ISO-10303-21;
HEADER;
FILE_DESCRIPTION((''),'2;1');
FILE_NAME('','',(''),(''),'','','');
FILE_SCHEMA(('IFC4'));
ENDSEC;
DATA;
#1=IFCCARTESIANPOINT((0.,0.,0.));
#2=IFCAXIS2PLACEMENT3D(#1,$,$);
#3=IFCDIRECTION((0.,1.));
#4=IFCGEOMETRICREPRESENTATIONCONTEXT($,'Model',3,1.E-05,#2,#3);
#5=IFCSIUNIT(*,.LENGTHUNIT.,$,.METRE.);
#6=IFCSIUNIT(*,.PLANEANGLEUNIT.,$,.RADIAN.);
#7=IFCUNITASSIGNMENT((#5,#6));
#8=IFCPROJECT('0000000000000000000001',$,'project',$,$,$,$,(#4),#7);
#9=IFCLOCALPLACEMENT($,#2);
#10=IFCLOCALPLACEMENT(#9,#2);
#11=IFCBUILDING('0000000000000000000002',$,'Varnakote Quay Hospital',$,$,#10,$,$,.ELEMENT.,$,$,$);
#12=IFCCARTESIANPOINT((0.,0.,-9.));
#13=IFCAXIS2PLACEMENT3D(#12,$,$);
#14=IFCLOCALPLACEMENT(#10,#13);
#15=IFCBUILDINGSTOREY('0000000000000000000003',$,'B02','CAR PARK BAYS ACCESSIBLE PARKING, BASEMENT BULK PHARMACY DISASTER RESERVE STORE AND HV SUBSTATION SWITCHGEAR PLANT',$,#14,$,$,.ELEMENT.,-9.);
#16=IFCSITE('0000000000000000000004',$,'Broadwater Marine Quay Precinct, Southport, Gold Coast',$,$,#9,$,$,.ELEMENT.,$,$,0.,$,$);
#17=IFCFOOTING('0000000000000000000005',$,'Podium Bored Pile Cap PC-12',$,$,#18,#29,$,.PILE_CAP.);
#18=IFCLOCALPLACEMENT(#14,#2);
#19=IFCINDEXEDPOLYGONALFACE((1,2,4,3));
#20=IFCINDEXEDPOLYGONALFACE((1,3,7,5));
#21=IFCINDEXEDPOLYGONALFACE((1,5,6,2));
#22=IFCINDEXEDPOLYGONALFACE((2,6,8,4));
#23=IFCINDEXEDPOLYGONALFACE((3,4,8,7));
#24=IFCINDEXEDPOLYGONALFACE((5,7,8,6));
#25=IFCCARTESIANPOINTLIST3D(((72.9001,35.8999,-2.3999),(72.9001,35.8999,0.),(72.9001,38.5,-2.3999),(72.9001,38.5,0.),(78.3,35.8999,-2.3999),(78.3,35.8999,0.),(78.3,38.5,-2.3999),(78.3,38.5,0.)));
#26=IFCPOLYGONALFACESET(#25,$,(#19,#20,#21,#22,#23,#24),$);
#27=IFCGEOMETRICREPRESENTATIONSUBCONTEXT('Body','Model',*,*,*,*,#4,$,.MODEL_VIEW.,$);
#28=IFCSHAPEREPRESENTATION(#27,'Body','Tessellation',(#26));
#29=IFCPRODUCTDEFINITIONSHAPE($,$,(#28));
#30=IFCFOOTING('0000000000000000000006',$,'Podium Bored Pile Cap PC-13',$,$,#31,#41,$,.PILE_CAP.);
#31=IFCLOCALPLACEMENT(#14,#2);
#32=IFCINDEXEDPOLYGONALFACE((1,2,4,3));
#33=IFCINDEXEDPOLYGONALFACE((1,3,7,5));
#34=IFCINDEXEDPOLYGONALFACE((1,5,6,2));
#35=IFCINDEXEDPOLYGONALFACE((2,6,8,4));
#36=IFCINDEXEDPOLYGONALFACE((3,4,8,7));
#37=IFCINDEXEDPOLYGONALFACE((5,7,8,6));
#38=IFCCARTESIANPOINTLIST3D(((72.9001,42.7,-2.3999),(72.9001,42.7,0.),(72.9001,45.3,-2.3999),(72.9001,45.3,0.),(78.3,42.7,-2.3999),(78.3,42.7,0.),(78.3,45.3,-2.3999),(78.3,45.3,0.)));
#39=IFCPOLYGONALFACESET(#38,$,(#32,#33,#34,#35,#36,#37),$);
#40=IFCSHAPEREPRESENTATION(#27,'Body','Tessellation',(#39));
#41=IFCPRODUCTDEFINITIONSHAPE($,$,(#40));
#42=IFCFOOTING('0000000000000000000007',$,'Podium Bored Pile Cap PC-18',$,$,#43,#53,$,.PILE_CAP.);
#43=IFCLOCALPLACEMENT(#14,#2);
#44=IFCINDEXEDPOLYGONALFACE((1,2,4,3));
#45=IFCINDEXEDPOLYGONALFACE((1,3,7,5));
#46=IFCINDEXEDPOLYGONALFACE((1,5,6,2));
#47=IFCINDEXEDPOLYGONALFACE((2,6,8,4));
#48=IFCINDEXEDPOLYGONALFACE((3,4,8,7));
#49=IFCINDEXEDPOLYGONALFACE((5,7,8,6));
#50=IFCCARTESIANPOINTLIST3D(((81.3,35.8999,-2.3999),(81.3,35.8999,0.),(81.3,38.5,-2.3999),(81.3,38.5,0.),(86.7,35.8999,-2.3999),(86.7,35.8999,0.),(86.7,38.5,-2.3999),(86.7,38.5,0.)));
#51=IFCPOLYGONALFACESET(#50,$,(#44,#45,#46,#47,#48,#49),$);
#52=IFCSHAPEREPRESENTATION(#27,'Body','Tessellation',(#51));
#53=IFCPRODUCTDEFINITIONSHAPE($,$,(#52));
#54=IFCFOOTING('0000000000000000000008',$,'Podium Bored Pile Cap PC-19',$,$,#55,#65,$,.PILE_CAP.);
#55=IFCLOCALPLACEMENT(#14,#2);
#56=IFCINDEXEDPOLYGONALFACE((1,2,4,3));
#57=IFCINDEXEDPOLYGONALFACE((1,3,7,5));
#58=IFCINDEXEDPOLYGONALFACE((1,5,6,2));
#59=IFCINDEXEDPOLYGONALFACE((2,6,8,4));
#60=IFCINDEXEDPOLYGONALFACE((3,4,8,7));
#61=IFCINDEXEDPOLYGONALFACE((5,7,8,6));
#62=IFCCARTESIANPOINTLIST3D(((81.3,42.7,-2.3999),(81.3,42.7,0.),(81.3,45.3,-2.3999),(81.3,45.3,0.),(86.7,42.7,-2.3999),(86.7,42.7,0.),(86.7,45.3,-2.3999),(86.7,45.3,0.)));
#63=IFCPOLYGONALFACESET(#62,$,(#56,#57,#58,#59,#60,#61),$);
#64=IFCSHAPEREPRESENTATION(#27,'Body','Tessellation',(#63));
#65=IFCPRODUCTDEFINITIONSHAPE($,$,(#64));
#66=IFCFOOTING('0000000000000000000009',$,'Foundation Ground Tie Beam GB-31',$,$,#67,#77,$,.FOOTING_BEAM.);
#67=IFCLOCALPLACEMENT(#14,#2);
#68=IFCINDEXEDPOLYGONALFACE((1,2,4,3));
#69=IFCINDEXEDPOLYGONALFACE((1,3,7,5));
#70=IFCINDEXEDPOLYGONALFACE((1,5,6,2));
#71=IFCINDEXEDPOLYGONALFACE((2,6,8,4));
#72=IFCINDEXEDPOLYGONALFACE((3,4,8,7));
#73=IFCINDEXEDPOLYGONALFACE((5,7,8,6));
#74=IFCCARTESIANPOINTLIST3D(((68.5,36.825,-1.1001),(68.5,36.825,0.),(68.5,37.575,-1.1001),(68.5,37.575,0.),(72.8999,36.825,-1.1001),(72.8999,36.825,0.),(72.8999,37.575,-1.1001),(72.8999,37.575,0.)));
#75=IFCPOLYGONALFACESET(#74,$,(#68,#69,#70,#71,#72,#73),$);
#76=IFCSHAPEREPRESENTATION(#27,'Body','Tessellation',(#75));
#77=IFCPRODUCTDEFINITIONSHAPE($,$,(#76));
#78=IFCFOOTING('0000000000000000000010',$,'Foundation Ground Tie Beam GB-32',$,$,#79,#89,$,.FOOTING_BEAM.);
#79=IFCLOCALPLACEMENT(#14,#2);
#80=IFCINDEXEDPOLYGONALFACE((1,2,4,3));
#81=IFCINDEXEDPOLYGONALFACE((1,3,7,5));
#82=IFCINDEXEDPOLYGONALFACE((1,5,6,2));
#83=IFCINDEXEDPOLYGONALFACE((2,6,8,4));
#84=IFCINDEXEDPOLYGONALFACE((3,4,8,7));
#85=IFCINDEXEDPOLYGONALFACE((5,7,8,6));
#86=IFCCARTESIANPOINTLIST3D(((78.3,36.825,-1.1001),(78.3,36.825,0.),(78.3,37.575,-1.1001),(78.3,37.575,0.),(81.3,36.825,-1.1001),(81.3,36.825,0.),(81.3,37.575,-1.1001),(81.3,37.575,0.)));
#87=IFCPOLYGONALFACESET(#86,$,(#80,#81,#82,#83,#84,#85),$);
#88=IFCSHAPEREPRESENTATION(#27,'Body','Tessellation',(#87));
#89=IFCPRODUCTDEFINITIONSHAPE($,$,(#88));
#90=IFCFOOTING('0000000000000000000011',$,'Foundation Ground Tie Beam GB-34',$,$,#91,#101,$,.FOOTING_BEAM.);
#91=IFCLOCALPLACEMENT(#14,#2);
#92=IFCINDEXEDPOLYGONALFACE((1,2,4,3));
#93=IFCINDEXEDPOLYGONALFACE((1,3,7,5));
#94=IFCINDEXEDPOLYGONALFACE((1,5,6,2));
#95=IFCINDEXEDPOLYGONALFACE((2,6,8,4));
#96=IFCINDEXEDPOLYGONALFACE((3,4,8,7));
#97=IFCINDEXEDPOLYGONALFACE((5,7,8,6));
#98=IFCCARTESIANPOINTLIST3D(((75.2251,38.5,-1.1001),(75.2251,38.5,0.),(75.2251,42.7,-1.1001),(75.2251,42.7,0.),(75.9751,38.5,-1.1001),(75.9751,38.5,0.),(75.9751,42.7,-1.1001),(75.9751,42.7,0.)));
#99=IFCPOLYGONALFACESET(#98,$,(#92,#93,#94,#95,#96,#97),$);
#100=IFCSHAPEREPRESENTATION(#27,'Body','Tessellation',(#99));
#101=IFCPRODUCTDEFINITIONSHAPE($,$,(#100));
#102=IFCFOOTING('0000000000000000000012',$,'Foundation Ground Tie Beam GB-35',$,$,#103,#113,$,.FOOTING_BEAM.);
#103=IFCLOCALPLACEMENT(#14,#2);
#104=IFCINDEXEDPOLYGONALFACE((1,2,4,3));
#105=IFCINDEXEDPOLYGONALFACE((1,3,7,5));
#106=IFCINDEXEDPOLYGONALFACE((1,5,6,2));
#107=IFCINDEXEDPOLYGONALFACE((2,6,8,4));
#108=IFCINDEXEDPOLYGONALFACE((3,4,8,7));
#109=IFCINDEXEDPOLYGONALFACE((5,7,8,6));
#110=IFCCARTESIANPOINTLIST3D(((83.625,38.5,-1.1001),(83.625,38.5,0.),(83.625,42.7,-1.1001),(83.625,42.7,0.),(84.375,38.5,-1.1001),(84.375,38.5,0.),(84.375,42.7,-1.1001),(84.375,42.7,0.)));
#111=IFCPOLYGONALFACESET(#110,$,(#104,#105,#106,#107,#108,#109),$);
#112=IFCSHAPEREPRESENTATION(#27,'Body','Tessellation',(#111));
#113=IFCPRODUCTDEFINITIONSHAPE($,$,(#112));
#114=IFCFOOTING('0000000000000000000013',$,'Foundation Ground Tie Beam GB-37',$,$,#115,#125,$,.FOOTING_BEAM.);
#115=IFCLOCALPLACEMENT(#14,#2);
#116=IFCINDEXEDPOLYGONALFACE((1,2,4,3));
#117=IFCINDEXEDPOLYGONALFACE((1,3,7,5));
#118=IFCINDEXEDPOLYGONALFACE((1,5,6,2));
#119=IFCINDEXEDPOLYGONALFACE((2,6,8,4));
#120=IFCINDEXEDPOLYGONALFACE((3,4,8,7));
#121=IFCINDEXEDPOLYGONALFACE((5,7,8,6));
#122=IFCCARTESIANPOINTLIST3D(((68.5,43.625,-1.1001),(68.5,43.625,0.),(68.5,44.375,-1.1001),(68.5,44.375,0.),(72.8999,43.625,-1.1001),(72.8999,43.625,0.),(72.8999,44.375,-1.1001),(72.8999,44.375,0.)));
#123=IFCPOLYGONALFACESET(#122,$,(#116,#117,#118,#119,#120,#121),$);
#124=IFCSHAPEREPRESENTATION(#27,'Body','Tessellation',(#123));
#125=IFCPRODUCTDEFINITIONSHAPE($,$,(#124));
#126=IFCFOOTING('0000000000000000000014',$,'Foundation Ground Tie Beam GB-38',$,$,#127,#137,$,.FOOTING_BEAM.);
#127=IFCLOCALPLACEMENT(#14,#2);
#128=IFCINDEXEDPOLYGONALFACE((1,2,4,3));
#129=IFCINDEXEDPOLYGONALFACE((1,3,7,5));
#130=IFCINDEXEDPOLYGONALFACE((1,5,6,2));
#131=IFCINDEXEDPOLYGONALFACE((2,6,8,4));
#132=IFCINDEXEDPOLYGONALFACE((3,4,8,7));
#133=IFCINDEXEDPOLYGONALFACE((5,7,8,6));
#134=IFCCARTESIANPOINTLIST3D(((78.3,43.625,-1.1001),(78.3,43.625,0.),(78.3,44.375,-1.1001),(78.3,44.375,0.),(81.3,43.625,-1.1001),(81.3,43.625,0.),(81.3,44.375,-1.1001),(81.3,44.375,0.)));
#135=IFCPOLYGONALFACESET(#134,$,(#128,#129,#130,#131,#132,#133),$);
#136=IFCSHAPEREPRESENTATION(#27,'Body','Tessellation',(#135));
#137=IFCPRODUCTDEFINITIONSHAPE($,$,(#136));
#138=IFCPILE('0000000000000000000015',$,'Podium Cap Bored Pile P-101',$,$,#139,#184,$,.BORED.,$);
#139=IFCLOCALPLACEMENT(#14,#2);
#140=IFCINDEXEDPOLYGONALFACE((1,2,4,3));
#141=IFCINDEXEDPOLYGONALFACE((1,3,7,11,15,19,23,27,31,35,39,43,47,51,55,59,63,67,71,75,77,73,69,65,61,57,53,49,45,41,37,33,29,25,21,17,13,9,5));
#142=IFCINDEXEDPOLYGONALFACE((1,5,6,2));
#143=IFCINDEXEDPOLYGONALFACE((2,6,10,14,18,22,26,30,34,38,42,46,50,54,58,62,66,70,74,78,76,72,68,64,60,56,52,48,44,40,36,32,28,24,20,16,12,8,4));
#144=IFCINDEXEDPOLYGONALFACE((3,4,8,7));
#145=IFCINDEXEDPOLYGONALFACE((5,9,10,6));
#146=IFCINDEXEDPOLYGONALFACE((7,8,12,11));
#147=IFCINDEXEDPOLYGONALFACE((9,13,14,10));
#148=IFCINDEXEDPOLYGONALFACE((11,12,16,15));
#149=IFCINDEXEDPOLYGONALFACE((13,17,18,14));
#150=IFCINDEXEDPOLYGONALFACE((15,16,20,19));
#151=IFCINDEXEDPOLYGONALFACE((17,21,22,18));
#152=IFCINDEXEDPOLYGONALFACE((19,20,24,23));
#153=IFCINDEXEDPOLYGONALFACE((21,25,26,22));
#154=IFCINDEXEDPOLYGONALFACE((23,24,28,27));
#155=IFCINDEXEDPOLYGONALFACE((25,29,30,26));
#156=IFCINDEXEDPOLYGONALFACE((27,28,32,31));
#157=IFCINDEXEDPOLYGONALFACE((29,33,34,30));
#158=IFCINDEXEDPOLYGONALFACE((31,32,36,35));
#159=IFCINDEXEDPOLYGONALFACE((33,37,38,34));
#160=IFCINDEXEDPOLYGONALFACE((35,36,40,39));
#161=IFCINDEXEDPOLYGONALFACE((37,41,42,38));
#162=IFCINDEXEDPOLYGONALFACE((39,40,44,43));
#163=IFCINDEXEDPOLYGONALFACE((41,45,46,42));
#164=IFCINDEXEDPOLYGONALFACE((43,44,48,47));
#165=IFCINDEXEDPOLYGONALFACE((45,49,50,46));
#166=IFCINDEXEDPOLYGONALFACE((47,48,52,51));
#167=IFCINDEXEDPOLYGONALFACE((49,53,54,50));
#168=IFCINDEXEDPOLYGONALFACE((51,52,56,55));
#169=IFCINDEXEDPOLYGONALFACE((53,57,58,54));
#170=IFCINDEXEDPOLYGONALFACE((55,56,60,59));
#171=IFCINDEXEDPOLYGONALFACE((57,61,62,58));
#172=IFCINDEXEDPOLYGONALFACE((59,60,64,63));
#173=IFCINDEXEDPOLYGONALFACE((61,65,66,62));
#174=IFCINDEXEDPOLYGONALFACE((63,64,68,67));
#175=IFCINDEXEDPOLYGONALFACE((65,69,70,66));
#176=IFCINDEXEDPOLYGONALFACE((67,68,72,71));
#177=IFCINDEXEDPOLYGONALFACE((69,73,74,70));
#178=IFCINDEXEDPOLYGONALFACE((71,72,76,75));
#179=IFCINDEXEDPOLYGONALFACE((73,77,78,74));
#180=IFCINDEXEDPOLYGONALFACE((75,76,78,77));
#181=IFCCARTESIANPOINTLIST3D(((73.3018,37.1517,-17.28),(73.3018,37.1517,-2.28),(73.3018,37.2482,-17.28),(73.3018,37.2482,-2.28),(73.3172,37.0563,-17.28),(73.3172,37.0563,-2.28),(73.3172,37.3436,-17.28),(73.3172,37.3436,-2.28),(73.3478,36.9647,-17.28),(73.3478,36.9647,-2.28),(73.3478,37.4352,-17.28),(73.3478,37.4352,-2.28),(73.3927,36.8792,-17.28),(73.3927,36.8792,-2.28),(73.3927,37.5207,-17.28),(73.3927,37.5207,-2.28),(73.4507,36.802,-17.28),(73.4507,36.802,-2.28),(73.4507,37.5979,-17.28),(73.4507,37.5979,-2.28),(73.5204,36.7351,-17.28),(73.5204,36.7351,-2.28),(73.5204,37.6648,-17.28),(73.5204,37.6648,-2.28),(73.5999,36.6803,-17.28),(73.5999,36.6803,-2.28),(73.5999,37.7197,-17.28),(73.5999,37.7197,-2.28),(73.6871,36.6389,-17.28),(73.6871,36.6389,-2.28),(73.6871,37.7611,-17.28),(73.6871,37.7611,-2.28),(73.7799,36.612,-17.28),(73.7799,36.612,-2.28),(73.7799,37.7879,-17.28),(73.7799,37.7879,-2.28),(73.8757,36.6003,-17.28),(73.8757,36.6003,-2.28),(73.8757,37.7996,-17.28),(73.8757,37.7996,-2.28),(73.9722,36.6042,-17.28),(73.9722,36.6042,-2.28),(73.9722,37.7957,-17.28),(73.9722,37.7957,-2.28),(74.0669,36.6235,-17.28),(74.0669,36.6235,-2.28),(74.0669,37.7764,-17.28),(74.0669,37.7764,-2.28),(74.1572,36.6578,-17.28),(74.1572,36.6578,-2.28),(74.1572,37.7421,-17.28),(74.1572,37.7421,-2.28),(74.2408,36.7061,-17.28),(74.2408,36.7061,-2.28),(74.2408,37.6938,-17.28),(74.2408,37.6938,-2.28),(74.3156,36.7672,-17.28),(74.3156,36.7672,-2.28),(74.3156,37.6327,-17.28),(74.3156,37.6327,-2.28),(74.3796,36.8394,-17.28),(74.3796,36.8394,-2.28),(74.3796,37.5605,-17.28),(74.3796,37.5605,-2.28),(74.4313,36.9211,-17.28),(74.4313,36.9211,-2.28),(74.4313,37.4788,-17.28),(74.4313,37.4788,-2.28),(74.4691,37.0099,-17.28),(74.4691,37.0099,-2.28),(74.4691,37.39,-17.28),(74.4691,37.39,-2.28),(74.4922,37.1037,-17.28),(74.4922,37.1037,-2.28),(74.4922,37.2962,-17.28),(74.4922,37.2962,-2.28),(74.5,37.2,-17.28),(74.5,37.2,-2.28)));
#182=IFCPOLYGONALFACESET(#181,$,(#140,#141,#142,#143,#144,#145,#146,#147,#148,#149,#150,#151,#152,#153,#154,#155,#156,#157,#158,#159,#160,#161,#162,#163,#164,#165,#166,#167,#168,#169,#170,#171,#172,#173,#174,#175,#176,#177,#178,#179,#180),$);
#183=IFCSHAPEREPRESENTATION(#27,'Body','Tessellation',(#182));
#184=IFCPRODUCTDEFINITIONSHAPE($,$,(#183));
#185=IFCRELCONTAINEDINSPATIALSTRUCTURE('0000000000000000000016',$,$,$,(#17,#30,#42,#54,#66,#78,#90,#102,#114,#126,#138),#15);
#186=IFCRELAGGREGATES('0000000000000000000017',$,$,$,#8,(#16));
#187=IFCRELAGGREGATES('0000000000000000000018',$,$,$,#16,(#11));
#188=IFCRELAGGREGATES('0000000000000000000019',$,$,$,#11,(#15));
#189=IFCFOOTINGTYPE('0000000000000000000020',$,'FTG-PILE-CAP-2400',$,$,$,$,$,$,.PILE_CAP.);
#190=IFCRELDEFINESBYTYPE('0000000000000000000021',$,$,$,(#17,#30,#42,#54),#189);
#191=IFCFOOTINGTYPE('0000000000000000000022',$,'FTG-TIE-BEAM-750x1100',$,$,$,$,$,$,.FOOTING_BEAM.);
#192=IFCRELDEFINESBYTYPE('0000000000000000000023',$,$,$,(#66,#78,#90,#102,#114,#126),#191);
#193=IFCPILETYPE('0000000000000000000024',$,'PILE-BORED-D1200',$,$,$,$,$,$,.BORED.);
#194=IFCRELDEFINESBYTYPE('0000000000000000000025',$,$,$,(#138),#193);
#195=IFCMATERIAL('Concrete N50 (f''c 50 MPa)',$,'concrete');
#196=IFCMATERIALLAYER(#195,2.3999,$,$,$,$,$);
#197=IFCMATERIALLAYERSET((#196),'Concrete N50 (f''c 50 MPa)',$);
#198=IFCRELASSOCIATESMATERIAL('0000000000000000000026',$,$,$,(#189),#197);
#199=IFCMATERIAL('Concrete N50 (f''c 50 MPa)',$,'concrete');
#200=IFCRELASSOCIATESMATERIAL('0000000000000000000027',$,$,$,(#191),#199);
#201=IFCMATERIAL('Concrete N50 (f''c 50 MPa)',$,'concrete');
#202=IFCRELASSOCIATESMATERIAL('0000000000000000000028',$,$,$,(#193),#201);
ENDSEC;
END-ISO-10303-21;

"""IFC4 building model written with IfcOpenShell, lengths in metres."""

from ifc_helpers import new_model, si_unit, direction, frame, origin, origin_2d, place, context, subcontext, project, spatial, rectangle, circle, extrude, material, layer, layer_set, material_profile, profile_set, type_object, element, save


model = new_model("IFC4")

# Units and contexts
model_context = context("Model", 3, precision=1e-05, world=origin(), true_north=direction((0.0, 1.0)))
body_context = subcontext(model_context, "Body", "Model", "MODEL_VIEW")
ifc_project = project(units=[si_unit("LENGTHUNIT", "METRE"), si_unit("PLANEANGLEUNIT", "RADIAN")], contexts=[model_context])

# Site, building, storey
site_placement = place(None, origin())
site = spatial("IfcSite", under=ifc_project, at=site_placement, Name="Broadwater Marine Quay Precinct, Southport, Gold Coast", CompositionType="ELEMENT", RefElevation=0.0)
building_placement = place(site_placement, origin())
building = spatial("IfcBuilding", under=site, at=building_placement, Name="Varnakote Quay Hospital", CompositionType="ELEMENT")
storey_placement = place(building_placement, frame((0.0, 0.0, -9.0)))
storey = spatial("IfcBuildingStorey", under=building, at=storey_placement, Name="B02", Description="CAR PARK BAYS ACCESSIBLE PARKING, BASEMENT BULK PHARMACY DISASTER RESERVE STORE AND HV SUBSTATION SWITCHGEAR PLANT", CompositionType="ELEMENT", Elevation=-9.0)

# Footings
ifc_material_1 = material(Name="Concrete N50 (f'c 50 MPa)", Category="concrete")
ifc_layer_1 = layer(ifc_material_1, 2.3999)
ifc_layer_set_1 = layer_set([ifc_layer_1], Name="Concrete N50 (f'c 50 MPa)")
footing_type_1 = type_object("IfcFootingType", Name="FTG-PILE-CAP-2400", PredefinedType="PILE_CAP", material=ifc_layer_set_1)
for number, where, z_axis, x_axis, name in (
    (1, (75.6001, 37.2, -2.3999), (0.0, 0.0, 1.0), (1.0, 0.0, 0.0), "Podium Bored Pile Cap PC-12"),
    (2, (75.6001, 44.0, -2.3999), (0.0, 0.0, 1.0), (1.0, 0.0, 0.0), "Podium Bored Pile Cap PC-13"),
    (3, (84.0, 37.2, -2.3999), (0.0, 0.0, 1.0), (1.0, 0.0, 0.0), "Podium Bored Pile Cap PC-18"),
    (4, (84.0, 44.0, -2.3999), (0.0, 0.0, 1.0), (1.0, 0.0, 0.0), "Podium Bored Pile Cap PC-19"),
):
    element("IfcFooting", number, at=place(storey_placement, frame(where, z_axis=z_axis, x_axis=x_axis)), inside=storey, type_object=footing_type_1, Name=name, PredefinedType="PILE_CAP", context=body_context, shape_type="SweptSolid", body=[
        extrude(rectangle(XDim=5.3999, YDim=2.6001, at=origin_2d()), origin(), (0.0, 0.0, 1.0), 2.3999),
    ])
ifc_material_2 = material(Name="Concrete N50 (f'c 50 MPa)", Category="concrete")
ifc_material_profile_1 = material_profile(ifc_material_2, rectangle(XDim=0.75, YDim=1.1001, at=origin_2d()), Name="RC-GB-750x1100")
ifc_profile_set_1 = profile_set([ifc_material_profile_1], Name="Concrete N50 (f'c 50 MPa)")
footing_type_2 = type_object("IfcFootingType", Name="FTG-TIE-BEAM-750x1100", PredefinedType="FOOTING_BEAM", material=ifc_profile_set_1)
footing_1_placement = place(storey_placement, frame((68.5, 37.2, -0.55), z_axis=(1.0, 0.0, 0.0), x_axis=(0.0, 1.0, 0.0)))
element("IfcFooting", 5, at=footing_1_placement, inside=storey, type_object=footing_type_2, Name="Foundation Ground Tie Beam GB-31", PredefinedType="FOOTING_BEAM", context=body_context, shape_type="SweptSolid", body=[
    extrude(rectangle(XDim=0.75, YDim=1.1001, at=origin_2d()), origin(), (0.0, 0.0, 1.0), 4.3999),
])
footing_2_placement = place(storey_placement, frame((78.3, 37.2, -0.55), z_axis=(1.0, 0.0, 0.0), x_axis=(0.0, 1.0, 0.0)))
element("IfcFooting", 6, at=footing_2_placement, inside=storey, type_object=footing_type_2, Name="Foundation Ground Tie Beam GB-32", PredefinedType="FOOTING_BEAM", context=body_context, shape_type="SweptSolid", body=[
    extrude(rectangle(XDim=0.75, YDim=1.1001, at=origin_2d()), origin(), (0.0, 0.0, 1.0), 3.0),
])
for number, where, z_axis, x_axis, name in (
    (7, (75.6001, 38.5, -0.55), (0.0, 1.0, 0.0), (-1.0, 0.0, 0.0), "Foundation Ground Tie Beam GB-34"),
    (8, (84.0, 38.5, -0.55), (0.0, 1.0, 0.0), (-1.0, 0.0, 0.0), "Foundation Ground Tie Beam GB-35"),
):
    element("IfcFooting", number, at=place(storey_placement, frame(where, z_axis=z_axis, x_axis=x_axis)), inside=storey, type_object=footing_type_2, Name=name, PredefinedType="FOOTING_BEAM", context=body_context, shape_type="SweptSolid", body=[
        extrude(rectangle(XDim=0.75, YDim=1.1001, at=origin_2d()), origin(), (0.0, 0.0, 1.0), 4.2),
    ])
footing_3_placement = place(storey_placement, frame((68.5, 44.0, -0.55), z_axis=(1.0, 0.0, 0.0), x_axis=(0.0, 1.0, 0.0)))
element("IfcFooting", 9, at=footing_3_placement, inside=storey, type_object=footing_type_2, Name="Foundation Ground Tie Beam GB-37", PredefinedType="FOOTING_BEAM", context=body_context, shape_type="SweptSolid", body=[
    extrude(rectangle(XDim=0.75, YDim=1.1001, at=origin_2d()), origin(), (0.0, 0.0, 1.0), 4.3999),
])
footing_4_placement = place(storey_placement, frame((78.3, 44.0, -0.55), z_axis=(1.0, 0.0, 0.0), x_axis=(0.0, 1.0, 0.0)))
element("IfcFooting", 10, at=footing_4_placement, inside=storey, type_object=footing_type_2, Name="Foundation Ground Tie Beam GB-38", PredefinedType="FOOTING_BEAM", context=body_context, shape_type="SweptSolid", body=[
    extrude(rectangle(XDim=0.75, YDim=1.1001, at=origin_2d()), origin(), (0.0, 0.0, 1.0), 3.0),
])

# Pile
ifc_material_3 = material(Name="Concrete N50 (f'c 50 MPa)", Category="concrete")
ifc_material_profile_2 = material_profile(ifc_material_3, circle(Radius=0.6001, at=origin_2d()), Name="PILE-D1200")
ifc_profile_set_2 = profile_set([ifc_material_profile_2], Name="Concrete N50 (f'c 50 MPa)")
pile_type = type_object("IfcPileType", Name="PILE-BORED-D1200", PredefinedType="BORED", material=ifc_profile_set_2)
for number, where, z_axis, x_axis, name in (
    (11, (73.8999, 37.2, -2.28), (0.0, 0.0, -1.0), (1.0, 0.0, 0.0), "Podium Cap Bored Pile P-101"),
):
    element("IfcPile", number, at=place(storey_placement, frame(where, z_axis=z_axis, x_axis=x_axis)), inside=storey, type_object=pile_type, Name=name, PredefinedType="BORED", context=body_context, shape_type="SweptSolid", body=[
        extrude(circle(Radius=0.6001, at=origin_2d()), origin(), (0.0, 0.0, 1.0), 15.0),
    ])

save(model, "model.ifc")
